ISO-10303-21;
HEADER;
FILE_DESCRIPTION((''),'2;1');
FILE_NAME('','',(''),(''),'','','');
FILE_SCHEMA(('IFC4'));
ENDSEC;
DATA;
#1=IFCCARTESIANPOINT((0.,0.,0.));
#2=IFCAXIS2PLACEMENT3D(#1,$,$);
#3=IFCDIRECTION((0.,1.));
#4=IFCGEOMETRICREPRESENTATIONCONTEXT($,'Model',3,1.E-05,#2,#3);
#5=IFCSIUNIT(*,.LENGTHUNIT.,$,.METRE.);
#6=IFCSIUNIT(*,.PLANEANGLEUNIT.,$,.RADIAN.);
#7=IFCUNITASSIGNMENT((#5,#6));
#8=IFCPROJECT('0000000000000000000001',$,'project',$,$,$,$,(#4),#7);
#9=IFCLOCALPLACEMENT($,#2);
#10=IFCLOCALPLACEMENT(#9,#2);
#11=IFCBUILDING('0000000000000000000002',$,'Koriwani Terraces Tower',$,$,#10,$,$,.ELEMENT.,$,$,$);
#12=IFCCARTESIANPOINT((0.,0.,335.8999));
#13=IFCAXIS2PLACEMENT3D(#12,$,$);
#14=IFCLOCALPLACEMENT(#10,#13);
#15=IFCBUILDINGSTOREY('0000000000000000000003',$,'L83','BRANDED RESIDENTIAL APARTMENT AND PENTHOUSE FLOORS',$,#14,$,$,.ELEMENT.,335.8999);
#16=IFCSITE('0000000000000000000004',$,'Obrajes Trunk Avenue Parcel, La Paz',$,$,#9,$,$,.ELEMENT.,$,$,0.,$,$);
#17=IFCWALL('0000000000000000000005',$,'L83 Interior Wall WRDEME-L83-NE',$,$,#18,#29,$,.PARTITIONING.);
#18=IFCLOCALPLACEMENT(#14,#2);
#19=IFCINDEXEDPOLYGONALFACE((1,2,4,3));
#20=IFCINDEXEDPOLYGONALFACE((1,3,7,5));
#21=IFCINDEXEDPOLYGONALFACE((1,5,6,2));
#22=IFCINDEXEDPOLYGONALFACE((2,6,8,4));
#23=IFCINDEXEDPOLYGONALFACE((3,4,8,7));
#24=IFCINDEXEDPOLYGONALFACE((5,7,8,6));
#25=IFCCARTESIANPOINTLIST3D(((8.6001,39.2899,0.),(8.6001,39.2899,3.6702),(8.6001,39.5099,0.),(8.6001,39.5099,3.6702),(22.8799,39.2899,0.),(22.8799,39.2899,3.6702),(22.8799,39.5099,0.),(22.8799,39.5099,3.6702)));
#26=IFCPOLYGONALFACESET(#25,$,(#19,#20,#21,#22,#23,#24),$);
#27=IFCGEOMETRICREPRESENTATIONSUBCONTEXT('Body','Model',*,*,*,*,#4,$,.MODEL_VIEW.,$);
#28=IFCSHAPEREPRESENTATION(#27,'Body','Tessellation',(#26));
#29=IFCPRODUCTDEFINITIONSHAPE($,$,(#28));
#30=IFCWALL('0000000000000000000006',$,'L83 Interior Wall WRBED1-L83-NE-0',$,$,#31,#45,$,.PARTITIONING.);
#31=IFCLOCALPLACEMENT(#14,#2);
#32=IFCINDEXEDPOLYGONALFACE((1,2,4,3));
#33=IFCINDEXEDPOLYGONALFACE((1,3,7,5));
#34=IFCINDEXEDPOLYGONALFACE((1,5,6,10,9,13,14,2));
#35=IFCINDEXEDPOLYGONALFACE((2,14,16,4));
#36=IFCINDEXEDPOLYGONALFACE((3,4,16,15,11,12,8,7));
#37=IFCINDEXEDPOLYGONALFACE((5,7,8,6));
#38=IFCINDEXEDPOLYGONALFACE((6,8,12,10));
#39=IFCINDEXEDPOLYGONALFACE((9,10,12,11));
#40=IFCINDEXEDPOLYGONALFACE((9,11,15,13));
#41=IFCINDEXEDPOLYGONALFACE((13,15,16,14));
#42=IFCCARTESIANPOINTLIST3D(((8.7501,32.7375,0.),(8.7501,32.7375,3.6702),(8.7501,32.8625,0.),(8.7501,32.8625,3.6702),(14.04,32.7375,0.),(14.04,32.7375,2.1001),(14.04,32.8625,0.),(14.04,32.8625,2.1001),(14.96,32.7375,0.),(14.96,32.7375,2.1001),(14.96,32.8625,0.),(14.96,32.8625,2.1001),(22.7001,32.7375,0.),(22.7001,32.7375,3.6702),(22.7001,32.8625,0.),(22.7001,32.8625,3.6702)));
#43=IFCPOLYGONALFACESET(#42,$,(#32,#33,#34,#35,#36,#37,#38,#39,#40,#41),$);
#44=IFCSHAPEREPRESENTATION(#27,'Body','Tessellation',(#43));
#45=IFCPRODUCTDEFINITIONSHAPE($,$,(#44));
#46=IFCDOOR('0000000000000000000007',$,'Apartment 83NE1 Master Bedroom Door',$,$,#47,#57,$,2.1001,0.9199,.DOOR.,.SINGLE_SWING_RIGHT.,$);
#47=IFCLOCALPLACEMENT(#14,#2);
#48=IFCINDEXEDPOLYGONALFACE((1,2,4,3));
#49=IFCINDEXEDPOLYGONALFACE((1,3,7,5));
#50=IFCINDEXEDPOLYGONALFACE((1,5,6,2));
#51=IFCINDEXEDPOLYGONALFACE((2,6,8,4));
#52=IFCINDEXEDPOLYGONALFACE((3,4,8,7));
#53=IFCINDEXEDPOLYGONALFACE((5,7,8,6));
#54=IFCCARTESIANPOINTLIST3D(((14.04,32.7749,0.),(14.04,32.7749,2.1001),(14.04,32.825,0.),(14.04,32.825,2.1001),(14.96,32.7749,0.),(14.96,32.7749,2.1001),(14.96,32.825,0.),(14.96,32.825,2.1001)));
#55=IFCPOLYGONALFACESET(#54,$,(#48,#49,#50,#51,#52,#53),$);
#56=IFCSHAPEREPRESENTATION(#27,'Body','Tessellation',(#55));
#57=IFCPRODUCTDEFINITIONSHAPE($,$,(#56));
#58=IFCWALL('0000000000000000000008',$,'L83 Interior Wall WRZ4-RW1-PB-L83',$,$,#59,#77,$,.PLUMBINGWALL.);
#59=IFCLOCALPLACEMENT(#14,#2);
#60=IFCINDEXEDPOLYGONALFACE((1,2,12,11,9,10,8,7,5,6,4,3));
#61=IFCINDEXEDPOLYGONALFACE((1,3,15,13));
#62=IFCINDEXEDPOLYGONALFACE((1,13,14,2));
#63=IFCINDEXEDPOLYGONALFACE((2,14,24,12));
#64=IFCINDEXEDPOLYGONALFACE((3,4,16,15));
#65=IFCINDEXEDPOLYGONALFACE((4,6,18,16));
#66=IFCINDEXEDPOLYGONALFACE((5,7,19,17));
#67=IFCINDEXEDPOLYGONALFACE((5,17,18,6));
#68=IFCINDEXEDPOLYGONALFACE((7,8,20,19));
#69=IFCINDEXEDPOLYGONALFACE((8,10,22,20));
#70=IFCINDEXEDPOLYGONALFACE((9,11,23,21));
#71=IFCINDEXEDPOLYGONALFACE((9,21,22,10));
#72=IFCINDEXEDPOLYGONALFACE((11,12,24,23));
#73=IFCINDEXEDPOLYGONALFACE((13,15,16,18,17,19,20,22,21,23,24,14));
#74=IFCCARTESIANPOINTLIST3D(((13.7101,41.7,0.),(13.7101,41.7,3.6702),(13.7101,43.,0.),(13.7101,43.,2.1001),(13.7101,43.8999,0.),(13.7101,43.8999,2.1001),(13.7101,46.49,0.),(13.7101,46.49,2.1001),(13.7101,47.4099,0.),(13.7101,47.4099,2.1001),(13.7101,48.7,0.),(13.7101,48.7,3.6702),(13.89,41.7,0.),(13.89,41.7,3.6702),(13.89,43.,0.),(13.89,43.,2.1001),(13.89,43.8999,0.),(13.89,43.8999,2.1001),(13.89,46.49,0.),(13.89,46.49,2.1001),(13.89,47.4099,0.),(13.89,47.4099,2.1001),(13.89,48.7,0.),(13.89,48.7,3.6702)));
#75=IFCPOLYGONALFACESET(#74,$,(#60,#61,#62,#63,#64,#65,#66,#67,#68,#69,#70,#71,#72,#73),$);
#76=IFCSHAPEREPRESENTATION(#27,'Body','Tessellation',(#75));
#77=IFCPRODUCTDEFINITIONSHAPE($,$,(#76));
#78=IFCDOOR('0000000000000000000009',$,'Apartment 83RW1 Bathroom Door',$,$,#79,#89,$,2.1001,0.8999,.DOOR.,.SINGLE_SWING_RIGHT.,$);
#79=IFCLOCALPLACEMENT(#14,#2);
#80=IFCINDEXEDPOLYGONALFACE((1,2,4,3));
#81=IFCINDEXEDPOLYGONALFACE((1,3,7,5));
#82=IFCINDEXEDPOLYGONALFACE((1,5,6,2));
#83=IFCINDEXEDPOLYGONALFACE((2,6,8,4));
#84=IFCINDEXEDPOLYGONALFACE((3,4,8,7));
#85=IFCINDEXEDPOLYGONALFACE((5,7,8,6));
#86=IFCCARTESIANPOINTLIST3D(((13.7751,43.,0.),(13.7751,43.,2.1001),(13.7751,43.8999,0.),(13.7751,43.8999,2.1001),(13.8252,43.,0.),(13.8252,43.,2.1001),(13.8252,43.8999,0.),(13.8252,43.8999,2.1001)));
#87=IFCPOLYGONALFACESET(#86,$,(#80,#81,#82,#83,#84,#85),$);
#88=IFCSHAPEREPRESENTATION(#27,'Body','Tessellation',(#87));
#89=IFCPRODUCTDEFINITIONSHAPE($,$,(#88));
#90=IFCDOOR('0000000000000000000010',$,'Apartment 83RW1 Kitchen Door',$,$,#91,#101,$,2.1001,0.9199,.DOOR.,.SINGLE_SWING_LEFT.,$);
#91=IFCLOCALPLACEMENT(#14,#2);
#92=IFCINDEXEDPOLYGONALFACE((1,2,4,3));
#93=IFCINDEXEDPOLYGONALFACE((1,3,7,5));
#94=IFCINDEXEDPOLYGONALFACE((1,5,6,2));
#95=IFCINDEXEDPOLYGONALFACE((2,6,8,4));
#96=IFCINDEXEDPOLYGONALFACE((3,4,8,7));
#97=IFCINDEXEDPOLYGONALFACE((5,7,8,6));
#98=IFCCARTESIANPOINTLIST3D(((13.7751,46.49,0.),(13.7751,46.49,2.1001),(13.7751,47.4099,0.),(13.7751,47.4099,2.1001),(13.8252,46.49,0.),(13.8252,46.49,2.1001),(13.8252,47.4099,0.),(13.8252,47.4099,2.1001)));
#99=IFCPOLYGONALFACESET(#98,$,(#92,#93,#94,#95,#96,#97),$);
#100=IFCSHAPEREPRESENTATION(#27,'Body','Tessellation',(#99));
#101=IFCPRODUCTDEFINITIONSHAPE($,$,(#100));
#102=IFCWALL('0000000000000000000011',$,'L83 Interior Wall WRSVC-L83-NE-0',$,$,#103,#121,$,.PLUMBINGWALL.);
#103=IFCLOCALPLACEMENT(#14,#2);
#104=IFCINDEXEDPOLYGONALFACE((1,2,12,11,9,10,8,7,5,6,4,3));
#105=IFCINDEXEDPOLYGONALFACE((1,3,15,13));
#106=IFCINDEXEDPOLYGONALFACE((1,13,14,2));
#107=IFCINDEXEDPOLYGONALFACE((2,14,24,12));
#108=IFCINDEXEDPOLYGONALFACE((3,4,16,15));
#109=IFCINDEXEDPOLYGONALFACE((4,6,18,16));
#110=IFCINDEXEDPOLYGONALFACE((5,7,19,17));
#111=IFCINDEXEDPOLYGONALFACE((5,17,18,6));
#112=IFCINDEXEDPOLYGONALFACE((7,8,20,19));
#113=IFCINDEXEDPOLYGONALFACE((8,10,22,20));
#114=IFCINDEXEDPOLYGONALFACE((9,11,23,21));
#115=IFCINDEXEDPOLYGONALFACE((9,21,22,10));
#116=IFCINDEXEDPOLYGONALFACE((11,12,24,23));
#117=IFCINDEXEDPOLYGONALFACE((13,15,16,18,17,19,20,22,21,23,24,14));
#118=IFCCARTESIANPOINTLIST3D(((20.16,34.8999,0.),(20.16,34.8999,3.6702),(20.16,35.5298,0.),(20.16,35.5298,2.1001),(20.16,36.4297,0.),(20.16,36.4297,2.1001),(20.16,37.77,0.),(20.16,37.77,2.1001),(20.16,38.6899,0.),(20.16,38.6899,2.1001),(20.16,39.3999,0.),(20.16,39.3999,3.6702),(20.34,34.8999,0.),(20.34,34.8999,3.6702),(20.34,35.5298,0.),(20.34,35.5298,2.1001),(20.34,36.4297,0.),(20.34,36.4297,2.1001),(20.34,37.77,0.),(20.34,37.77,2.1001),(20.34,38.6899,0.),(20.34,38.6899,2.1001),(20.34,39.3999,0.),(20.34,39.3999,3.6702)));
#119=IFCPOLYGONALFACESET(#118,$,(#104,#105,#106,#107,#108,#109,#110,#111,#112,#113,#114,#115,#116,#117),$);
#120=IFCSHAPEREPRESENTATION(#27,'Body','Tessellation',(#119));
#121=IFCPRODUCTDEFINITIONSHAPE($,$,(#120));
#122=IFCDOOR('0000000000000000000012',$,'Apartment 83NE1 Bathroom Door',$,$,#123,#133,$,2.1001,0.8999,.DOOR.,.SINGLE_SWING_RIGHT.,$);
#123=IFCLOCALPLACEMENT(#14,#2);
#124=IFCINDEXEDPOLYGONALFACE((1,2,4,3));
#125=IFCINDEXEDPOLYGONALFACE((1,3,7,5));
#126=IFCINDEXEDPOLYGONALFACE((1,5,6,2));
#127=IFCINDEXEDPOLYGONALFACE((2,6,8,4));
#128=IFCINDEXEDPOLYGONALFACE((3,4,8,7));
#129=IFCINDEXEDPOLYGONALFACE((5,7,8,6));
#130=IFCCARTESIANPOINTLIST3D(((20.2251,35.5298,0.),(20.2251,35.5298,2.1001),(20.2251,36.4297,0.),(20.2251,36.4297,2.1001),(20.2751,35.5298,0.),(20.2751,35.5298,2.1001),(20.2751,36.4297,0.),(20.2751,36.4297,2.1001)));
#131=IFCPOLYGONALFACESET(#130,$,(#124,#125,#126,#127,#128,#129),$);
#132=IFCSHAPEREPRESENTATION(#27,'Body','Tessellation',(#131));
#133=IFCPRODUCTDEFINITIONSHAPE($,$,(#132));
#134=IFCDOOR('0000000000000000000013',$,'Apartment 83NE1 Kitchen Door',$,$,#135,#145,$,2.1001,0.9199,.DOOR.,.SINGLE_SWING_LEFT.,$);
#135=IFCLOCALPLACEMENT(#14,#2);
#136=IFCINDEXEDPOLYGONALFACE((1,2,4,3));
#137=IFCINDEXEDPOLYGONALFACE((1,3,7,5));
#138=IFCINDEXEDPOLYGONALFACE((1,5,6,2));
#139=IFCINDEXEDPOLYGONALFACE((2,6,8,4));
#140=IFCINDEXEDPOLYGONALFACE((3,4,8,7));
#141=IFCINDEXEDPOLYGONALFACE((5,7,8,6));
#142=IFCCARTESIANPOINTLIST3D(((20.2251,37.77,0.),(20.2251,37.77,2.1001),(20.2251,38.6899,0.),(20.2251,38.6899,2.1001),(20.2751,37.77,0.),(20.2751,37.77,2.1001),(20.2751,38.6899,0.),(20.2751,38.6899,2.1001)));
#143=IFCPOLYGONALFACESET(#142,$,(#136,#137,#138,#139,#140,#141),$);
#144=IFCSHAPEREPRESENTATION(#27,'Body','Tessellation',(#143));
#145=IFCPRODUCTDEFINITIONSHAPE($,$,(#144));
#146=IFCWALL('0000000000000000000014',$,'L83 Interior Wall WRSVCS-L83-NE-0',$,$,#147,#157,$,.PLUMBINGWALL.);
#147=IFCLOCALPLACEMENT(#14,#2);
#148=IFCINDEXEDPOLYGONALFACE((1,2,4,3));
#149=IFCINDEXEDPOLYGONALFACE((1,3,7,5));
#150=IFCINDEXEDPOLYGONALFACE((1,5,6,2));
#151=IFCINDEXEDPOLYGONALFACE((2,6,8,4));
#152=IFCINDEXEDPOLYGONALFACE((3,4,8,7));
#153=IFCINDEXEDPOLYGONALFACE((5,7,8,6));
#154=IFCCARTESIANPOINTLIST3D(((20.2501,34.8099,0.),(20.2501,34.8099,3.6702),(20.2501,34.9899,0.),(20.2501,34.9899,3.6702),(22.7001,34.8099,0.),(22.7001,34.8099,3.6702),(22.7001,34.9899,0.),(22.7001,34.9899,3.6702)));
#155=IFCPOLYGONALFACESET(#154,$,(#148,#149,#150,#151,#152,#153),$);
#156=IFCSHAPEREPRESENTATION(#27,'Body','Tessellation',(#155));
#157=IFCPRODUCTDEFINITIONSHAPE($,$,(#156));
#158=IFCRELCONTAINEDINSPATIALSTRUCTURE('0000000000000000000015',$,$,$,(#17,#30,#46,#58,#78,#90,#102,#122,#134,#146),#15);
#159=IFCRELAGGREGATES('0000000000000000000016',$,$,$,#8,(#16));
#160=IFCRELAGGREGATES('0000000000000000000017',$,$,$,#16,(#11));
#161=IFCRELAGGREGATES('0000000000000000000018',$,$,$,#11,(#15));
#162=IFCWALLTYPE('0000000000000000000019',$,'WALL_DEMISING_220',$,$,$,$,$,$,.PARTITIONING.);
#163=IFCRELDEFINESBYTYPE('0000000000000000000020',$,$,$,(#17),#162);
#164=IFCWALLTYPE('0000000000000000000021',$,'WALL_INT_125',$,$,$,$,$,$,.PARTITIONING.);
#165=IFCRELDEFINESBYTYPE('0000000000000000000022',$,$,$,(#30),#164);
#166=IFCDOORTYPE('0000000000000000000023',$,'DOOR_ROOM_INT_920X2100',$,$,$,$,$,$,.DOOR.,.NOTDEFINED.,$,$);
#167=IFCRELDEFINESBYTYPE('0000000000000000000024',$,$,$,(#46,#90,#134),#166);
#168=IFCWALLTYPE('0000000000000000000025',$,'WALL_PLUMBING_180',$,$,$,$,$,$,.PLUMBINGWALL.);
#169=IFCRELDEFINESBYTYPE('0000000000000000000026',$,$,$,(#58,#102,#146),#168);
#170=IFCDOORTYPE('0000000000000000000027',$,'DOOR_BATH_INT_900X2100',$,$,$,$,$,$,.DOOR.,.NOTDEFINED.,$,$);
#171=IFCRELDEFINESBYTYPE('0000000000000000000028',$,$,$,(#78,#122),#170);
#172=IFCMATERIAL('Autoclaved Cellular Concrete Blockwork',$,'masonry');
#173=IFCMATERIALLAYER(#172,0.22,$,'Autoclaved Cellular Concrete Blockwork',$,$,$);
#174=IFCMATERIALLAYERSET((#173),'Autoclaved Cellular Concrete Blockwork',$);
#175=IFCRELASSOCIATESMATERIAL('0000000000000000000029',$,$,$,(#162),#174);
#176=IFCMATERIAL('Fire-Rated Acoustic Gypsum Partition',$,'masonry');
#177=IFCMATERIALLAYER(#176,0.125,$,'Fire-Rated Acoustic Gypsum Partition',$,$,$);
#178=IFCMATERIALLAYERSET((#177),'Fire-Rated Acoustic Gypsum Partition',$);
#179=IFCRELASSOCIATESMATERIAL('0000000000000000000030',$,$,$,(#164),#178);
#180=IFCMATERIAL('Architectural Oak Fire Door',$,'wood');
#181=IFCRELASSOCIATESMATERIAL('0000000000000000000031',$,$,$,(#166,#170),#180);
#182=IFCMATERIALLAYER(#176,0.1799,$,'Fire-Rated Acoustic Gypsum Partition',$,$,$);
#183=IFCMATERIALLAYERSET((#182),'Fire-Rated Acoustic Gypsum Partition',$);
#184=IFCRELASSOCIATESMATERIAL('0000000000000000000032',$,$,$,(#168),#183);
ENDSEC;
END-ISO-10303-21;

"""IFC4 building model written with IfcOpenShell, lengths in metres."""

from ifc_helpers import new_model, si_unit, direction, frame, frame_2d, origin, place, context, subcontext, project, spatial, rectangle, extrude, material, layer, layer_set, type_object, element, fill, save


model = new_model("IFC4")

# Units and contexts
model_context = context("Model", 3, precision=1e-05, world=origin(), true_north=direction((0.0, 1.0)))
body_context = subcontext(model_context, "Body", "Model", "MODEL_VIEW")
ifc_project = project(units=[si_unit("LENGTHUNIT", "METRE"), si_unit("PLANEANGLEUNIT", "RADIAN")], contexts=[model_context])

# Site, building, storey
site_placement = place(None, origin())
site = spatial("IfcSite", under=ifc_project, at=site_placement, Name="Obrajes Trunk Avenue Parcel, La Paz", CompositionType="ELEMENT", RefElevation=0.0)
building_placement = place(site_placement, origin())
building = spatial("IfcBuilding", under=site, at=building_placement, Name="Koriwani Terraces Tower", CompositionType="ELEMENT")
storey_placement = place(building_placement, frame((0.0, 0.0, 335.8999)))
storey = spatial("IfcBuildingStorey", under=building, at=storey_placement, Name="L83", Description="BRANDED RESIDENTIAL APARTMENT AND PENTHOUSE FLOORS", CompositionType="ELEMENT", Elevation=335.8999)

# Shared definitions
ifc_material_1 = material(Name="Autoclaved Cellular Concrete Blockwork", Category="masonry")
ifc_material_2 = material(Name="Architectural Oak Fire Door", Category="wood")

# Wall
ifc_layer_1 = layer(ifc_material_1, 0.22, Name="Autoclaved Cellular Concrete Blockwork")
ifc_layer_set_1 = layer_set([ifc_layer_1], Name="Autoclaved Cellular Concrete Blockwork")
wall_type_1 = type_object("IfcWallType", Name="WALL_DEMISING_220", PredefinedType="PARTITIONING", material=ifc_layer_set_1)
for number, where, z_axis, x_axis, name in (
    (1, (8.6001, 39.3999, 0.0), (0.0, 0.0, 1.0), (1.0, 0.0, 0.0), "L83 Interior Wall WRDEME-L83-NE"),
):
    element("IfcWall", number, at=place(storey_placement, frame(where, z_axis=z_axis, x_axis=x_axis)), inside=storey, type_object=wall_type_1, Name=name, PredefinedType="PARTITIONING", context=body_context, shape_type="SweptSolid", body=[
        extrude(rectangle(XDim=14.2798, YDim=0.22, at=frame_2d((7.1399, 0.0))), origin(), (0.0, 0.0, 1.0), 3.6702),
    ])

# Wall, opening, door
ifc_material_3 = material(Name="Fire-Rated Acoustic Gypsum Partition", Category="masonry")
ifc_layer_2 = layer(ifc_material_3, 0.125, Name="Fire-Rated Acoustic Gypsum Partition")
ifc_layer_set_2 = layer_set([ifc_layer_2], Name="Fire-Rated Acoustic Gypsum Partition")
wall_type_2 = type_object("IfcWallType", Name="WALL_INT_125", PredefinedType="PARTITIONING", material=ifc_layer_set_2)
wall_1_placement = place(storey_placement, frame((8.75, 32.8, 0.0), z_axis=(0.0, 0.0, 1.0), x_axis=(1.0, 0.0, 0.0)))
wall_1 = element("IfcWall", 2, at=wall_1_placement, inside=storey, type_object=wall_type_2, Name="L83 Interior Wall WRBED1-L83-NE-0", PredefinedType="PARTITIONING", context=body_context, shape_type="SweptSolid", body=[
    extrude(rectangle(XDim=13.95, YDim=0.125, at=frame_2d((6.9751, 0.0))), origin(), (0.0, 0.0, 1.0), 3.6702),
])
opening_1_placement = place(wall_1_placement, frame((5.29, 0.0, 0.0)))
opening_1 = element("IfcOpeningElement", 3, at=opening_1_placement, cuts=wall_1, PredefinedType="OPENING", context=body_context, shape_type="SweptSolid", body=[
    extrude(rectangle(XDim=0.9199, YDim=2.1001, at=frame_2d((0.46, 1.05))), frame((0.0, 0.0725, 0.0), z_axis=(0.0, -1.0, 0.0), x_axis=(1.0, 0.0, 0.0)), (0.0, 0.0, 1.0), 0.145),
])
door_type_1 = type_object("IfcDoorType", Name="DOOR_ROOM_INT_920X2100", OperationType="NOTDEFINED", PredefinedType="DOOR", material=ifc_material_2)
door_1_placement = place(opening_1_placement, origin())
door_1 = element("IfcDoor", 4, at=door_1_placement, inside=storey, type_object=door_type_1, Name="Apartment 83NE1 Master Bedroom Door", OperationType="SINGLE_SWING_RIGHT", OverallHeight=2.1001, OverallWidth=0.9199, PredefinedType="DOOR", context=body_context, shape_type="SweptSolid", body=[
    extrude(rectangle(XDim=0.9199, YDim=2.1001, at=frame_2d((0.46, 1.05))), frame((0.0, 0.0249, 0.0), z_axis=(0.0, -1.0, 0.0), x_axis=(1.0, 0.0, 0.0)), (0.0, 0.0, 1.0), 0.05),
])
fill(opening_1, door_1)

# Walls, openings, doors
ifc_layer_3 = layer(ifc_material_3, 0.1799, Name="Fire-Rated Acoustic Gypsum Partition")
ifc_layer_set_3 = layer_set([ifc_layer_3], Name="Fire-Rated Acoustic Gypsum Partition")
wall_type_3 = type_object("IfcWallType", Name="WALL_PLUMBING_180", PredefinedType="PLUMBINGWALL", material=ifc_layer_set_3)
wall_2_placement = place(storey_placement, frame((13.8, 41.7, 0.0), z_axis=(0.0, 0.0, 1.0), x_axis=(0.0, 1.0, 0.0)))
wall_2 = element("IfcWall", 5, at=wall_2_placement, inside=storey, type_object=wall_type_3, Name="L83 Interior Wall WRZ4-RW1-PB-L83", PredefinedType="PLUMBINGWALL", context=body_context, shape_type="SweptSolid", body=[
    extrude(rectangle(XDim=7.0, YDim=0.1799, at=frame_2d((3.5, 0.0))), origin(), (0.0, 0.0, 1.0), 3.6702),
])
opening_2_placement = place(wall_2_placement, frame((1.3, 0.0, 0.0)))
opening_2 = element("IfcOpeningElement", 6, at=opening_2_placement, cuts=wall_2, PredefinedType="OPENING", context=body_context, shape_type="SweptSolid", body=[
    extrude(rectangle(XDim=0.8999, YDim=2.1001, at=frame_2d((0.45, 1.05))), frame((0.0, 0.1001, 0.0), z_axis=(0.0, -1.0, 0.0), x_axis=(1.0, 0.0, 0.0)), (0.0, 0.0, 1.0), 0.2),
])
opening_3_placement = place(wall_2_placement, frame((4.79, 0.0, 0.0)))
opening_3 = element("IfcOpeningElement", 7, at=opening_3_placement, cuts=wall_2, PredefinedType="OPENING", context=body_context, shape_type="SweptSolid", body=[
    extrude(rectangle(XDim=0.9199, YDim=2.1001, at=frame_2d((0.46, 1.05))), frame((0.0, 0.1001, 0.0), z_axis=(0.0, -1.0, 0.0), x_axis=(1.0, 0.0, 0.0)), (0.0, 0.0, 1.0), 0.2),
])
door_type_2 = type_object("IfcDoorType", Name="DOOR_BATH_INT_900X2100", OperationType="NOTDEFINED", PredefinedType="DOOR", material=ifc_material_2)
door_2_placement = place(opening_2_placement, origin())
door_2 = element("IfcDoor", 8, at=door_2_placement, inside=storey, type_object=door_type_2, Name="Apartment 83RW1 Bathroom Door", OperationType="SINGLE_SWING_RIGHT", OverallHeight=2.1001, OverallWidth=0.8999, PredefinedType="DOOR", context=body_context, shape_type="SweptSolid", body=[
    extrude(rectangle(XDim=0.8999, YDim=2.1001, at=frame_2d((0.45, 1.05))), frame((0.0, 0.0249, 0.0), z_axis=(0.0, -1.0, 0.0), x_axis=(1.0, 0.0, 0.0)), (0.0, 0.0, 1.0), 0.05),
])
fill(opening_2, door_2)
door_3_placement = place(opening_3_placement, origin())
door_3 = element("IfcDoor", 9, at=door_3_placement, inside=storey, type_object=door_type_1, Name="Apartment 83RW1 Kitchen Door", OperationType="SINGLE_SWING_LEFT", OverallHeight=2.1001, OverallWidth=0.9199, PredefinedType="DOOR", context=body_context, shape_type="SweptSolid", body=[
    extrude(rectangle(XDim=0.9199, YDim=2.1001, at=frame_2d((0.46, 1.05))), frame((0.0, 0.0249, 0.0), z_axis=(0.0, -1.0, 0.0), x_axis=(1.0, 0.0, 0.0)), (0.0, 0.0, 1.0), 0.05),
])
fill(opening_3, door_3)
wall_3_placement = place(storey_placement, frame((20.25, 34.8999, 0.0), z_axis=(0.0, 0.0, 1.0), x_axis=(0.0, 1.0, 0.0)))
wall_3 = element("IfcWall", 10, at=wall_3_placement, inside=storey, type_object=wall_type_3, Name="L83 Interior Wall WRSVC-L83-NE-0", PredefinedType="PLUMBINGWALL", context=body_context, shape_type="SweptSolid", body=[
    extrude(rectangle(XDim=4.5, YDim=0.1799, at=frame_2d((2.25, 0.0))), origin(), (0.0, 0.0, 1.0), 3.6702),
])
opening_4_placement = place(wall_3_placement, frame((0.6299, 0.0, 0.0)))
opening_4 = element("IfcOpeningElement", 11, at=opening_4_placement, cuts=wall_3, PredefinedType="OPENING", context=body_context, shape_type="SweptSolid", body=[
    extrude(rectangle(XDim=0.8999, YDim=2.1001, at=frame_2d((0.45, 1.05))), frame((0.0, 0.1001, 0.0), z_axis=(0.0, -1.0, 0.0), x_axis=(1.0, 0.0, 0.0)), (0.0, 0.0, 1.0), 0.2),
])
opening_5_placement = place(wall_3_placement, frame((2.8701, 0.0, 0.0)))
opening_5 = element("IfcOpeningElement", 12, at=opening_5_placement, cuts=wall_3, PredefinedType="OPENING", context=body_context, shape_type="SweptSolid", body=[
    extrude(rectangle(XDim=0.9199, YDim=2.1001, at=frame_2d((0.46, 1.05))), frame((0.0, 0.1001, 0.0), z_axis=(0.0, -1.0, 0.0), x_axis=(1.0, 0.0, 0.0)), (0.0, 0.0, 1.0), 0.2),
])
door_4_placement = place(opening_4_placement, origin())
door_4 = element("IfcDoor", 13, at=door_4_placement, inside=storey, type_object=door_type_2, Name="Apartment 83NE1 Bathroom Door", OperationType="SINGLE_SWING_RIGHT", OverallHeight=2.1001, OverallWidth=0.8999, PredefinedType="DOOR", context=body_context, shape_type="SweptSolid", body=[
    extrude(rectangle(XDim=0.8999, YDim=2.1001, at=frame_2d((0.45, 1.05))), frame((0.0, 0.0249, 0.0), z_axis=(0.0, -1.0, 0.0), x_axis=(1.0, 0.0, 0.0)), (0.0, 0.0, 1.0), 0.05),
])
fill(opening_4, door_4)
door_5_placement = place(opening_5_placement, origin())
door_5 = element("IfcDoor", 14, at=door_5_placement, inside=storey, type_object=door_type_1, Name="Apartment 83NE1 Kitchen Door", OperationType="SINGLE_SWING_LEFT", OverallHeight=2.1001, OverallWidth=0.9199, PredefinedType="DOOR", context=body_context, shape_type="SweptSolid", body=[
    extrude(rectangle(XDim=0.9199, YDim=2.1001, at=frame_2d((0.46, 1.05))), frame((0.0, 0.0249, 0.0), z_axis=(0.0, -1.0, 0.0), x_axis=(1.0, 0.0, 0.0)), (0.0, 0.0, 1.0), 0.05),
])
fill(opening_5, door_5)

# Wall
wall_4_placement = place(storey_placement, frame((20.25, 34.8999, 0.0), z_axis=(0.0, 0.0, 1.0), x_axis=(1.0, 0.0, 0.0)))
element("IfcWall", 15, at=wall_4_placement, inside=storey, type_object=wall_type_3, Name="L83 Interior Wall WRSVCS-L83-NE-0", PredefinedType="PLUMBINGWALL", context=body_context, shape_type="SweptSolid", body=[
    extrude(rectangle(XDim=2.45, YDim=0.1799, at=frame_2d((1.2251, 0.0))), origin(), (0.0, 0.0, 1.0), 3.6702),
])

save(model, "model.ifc")
